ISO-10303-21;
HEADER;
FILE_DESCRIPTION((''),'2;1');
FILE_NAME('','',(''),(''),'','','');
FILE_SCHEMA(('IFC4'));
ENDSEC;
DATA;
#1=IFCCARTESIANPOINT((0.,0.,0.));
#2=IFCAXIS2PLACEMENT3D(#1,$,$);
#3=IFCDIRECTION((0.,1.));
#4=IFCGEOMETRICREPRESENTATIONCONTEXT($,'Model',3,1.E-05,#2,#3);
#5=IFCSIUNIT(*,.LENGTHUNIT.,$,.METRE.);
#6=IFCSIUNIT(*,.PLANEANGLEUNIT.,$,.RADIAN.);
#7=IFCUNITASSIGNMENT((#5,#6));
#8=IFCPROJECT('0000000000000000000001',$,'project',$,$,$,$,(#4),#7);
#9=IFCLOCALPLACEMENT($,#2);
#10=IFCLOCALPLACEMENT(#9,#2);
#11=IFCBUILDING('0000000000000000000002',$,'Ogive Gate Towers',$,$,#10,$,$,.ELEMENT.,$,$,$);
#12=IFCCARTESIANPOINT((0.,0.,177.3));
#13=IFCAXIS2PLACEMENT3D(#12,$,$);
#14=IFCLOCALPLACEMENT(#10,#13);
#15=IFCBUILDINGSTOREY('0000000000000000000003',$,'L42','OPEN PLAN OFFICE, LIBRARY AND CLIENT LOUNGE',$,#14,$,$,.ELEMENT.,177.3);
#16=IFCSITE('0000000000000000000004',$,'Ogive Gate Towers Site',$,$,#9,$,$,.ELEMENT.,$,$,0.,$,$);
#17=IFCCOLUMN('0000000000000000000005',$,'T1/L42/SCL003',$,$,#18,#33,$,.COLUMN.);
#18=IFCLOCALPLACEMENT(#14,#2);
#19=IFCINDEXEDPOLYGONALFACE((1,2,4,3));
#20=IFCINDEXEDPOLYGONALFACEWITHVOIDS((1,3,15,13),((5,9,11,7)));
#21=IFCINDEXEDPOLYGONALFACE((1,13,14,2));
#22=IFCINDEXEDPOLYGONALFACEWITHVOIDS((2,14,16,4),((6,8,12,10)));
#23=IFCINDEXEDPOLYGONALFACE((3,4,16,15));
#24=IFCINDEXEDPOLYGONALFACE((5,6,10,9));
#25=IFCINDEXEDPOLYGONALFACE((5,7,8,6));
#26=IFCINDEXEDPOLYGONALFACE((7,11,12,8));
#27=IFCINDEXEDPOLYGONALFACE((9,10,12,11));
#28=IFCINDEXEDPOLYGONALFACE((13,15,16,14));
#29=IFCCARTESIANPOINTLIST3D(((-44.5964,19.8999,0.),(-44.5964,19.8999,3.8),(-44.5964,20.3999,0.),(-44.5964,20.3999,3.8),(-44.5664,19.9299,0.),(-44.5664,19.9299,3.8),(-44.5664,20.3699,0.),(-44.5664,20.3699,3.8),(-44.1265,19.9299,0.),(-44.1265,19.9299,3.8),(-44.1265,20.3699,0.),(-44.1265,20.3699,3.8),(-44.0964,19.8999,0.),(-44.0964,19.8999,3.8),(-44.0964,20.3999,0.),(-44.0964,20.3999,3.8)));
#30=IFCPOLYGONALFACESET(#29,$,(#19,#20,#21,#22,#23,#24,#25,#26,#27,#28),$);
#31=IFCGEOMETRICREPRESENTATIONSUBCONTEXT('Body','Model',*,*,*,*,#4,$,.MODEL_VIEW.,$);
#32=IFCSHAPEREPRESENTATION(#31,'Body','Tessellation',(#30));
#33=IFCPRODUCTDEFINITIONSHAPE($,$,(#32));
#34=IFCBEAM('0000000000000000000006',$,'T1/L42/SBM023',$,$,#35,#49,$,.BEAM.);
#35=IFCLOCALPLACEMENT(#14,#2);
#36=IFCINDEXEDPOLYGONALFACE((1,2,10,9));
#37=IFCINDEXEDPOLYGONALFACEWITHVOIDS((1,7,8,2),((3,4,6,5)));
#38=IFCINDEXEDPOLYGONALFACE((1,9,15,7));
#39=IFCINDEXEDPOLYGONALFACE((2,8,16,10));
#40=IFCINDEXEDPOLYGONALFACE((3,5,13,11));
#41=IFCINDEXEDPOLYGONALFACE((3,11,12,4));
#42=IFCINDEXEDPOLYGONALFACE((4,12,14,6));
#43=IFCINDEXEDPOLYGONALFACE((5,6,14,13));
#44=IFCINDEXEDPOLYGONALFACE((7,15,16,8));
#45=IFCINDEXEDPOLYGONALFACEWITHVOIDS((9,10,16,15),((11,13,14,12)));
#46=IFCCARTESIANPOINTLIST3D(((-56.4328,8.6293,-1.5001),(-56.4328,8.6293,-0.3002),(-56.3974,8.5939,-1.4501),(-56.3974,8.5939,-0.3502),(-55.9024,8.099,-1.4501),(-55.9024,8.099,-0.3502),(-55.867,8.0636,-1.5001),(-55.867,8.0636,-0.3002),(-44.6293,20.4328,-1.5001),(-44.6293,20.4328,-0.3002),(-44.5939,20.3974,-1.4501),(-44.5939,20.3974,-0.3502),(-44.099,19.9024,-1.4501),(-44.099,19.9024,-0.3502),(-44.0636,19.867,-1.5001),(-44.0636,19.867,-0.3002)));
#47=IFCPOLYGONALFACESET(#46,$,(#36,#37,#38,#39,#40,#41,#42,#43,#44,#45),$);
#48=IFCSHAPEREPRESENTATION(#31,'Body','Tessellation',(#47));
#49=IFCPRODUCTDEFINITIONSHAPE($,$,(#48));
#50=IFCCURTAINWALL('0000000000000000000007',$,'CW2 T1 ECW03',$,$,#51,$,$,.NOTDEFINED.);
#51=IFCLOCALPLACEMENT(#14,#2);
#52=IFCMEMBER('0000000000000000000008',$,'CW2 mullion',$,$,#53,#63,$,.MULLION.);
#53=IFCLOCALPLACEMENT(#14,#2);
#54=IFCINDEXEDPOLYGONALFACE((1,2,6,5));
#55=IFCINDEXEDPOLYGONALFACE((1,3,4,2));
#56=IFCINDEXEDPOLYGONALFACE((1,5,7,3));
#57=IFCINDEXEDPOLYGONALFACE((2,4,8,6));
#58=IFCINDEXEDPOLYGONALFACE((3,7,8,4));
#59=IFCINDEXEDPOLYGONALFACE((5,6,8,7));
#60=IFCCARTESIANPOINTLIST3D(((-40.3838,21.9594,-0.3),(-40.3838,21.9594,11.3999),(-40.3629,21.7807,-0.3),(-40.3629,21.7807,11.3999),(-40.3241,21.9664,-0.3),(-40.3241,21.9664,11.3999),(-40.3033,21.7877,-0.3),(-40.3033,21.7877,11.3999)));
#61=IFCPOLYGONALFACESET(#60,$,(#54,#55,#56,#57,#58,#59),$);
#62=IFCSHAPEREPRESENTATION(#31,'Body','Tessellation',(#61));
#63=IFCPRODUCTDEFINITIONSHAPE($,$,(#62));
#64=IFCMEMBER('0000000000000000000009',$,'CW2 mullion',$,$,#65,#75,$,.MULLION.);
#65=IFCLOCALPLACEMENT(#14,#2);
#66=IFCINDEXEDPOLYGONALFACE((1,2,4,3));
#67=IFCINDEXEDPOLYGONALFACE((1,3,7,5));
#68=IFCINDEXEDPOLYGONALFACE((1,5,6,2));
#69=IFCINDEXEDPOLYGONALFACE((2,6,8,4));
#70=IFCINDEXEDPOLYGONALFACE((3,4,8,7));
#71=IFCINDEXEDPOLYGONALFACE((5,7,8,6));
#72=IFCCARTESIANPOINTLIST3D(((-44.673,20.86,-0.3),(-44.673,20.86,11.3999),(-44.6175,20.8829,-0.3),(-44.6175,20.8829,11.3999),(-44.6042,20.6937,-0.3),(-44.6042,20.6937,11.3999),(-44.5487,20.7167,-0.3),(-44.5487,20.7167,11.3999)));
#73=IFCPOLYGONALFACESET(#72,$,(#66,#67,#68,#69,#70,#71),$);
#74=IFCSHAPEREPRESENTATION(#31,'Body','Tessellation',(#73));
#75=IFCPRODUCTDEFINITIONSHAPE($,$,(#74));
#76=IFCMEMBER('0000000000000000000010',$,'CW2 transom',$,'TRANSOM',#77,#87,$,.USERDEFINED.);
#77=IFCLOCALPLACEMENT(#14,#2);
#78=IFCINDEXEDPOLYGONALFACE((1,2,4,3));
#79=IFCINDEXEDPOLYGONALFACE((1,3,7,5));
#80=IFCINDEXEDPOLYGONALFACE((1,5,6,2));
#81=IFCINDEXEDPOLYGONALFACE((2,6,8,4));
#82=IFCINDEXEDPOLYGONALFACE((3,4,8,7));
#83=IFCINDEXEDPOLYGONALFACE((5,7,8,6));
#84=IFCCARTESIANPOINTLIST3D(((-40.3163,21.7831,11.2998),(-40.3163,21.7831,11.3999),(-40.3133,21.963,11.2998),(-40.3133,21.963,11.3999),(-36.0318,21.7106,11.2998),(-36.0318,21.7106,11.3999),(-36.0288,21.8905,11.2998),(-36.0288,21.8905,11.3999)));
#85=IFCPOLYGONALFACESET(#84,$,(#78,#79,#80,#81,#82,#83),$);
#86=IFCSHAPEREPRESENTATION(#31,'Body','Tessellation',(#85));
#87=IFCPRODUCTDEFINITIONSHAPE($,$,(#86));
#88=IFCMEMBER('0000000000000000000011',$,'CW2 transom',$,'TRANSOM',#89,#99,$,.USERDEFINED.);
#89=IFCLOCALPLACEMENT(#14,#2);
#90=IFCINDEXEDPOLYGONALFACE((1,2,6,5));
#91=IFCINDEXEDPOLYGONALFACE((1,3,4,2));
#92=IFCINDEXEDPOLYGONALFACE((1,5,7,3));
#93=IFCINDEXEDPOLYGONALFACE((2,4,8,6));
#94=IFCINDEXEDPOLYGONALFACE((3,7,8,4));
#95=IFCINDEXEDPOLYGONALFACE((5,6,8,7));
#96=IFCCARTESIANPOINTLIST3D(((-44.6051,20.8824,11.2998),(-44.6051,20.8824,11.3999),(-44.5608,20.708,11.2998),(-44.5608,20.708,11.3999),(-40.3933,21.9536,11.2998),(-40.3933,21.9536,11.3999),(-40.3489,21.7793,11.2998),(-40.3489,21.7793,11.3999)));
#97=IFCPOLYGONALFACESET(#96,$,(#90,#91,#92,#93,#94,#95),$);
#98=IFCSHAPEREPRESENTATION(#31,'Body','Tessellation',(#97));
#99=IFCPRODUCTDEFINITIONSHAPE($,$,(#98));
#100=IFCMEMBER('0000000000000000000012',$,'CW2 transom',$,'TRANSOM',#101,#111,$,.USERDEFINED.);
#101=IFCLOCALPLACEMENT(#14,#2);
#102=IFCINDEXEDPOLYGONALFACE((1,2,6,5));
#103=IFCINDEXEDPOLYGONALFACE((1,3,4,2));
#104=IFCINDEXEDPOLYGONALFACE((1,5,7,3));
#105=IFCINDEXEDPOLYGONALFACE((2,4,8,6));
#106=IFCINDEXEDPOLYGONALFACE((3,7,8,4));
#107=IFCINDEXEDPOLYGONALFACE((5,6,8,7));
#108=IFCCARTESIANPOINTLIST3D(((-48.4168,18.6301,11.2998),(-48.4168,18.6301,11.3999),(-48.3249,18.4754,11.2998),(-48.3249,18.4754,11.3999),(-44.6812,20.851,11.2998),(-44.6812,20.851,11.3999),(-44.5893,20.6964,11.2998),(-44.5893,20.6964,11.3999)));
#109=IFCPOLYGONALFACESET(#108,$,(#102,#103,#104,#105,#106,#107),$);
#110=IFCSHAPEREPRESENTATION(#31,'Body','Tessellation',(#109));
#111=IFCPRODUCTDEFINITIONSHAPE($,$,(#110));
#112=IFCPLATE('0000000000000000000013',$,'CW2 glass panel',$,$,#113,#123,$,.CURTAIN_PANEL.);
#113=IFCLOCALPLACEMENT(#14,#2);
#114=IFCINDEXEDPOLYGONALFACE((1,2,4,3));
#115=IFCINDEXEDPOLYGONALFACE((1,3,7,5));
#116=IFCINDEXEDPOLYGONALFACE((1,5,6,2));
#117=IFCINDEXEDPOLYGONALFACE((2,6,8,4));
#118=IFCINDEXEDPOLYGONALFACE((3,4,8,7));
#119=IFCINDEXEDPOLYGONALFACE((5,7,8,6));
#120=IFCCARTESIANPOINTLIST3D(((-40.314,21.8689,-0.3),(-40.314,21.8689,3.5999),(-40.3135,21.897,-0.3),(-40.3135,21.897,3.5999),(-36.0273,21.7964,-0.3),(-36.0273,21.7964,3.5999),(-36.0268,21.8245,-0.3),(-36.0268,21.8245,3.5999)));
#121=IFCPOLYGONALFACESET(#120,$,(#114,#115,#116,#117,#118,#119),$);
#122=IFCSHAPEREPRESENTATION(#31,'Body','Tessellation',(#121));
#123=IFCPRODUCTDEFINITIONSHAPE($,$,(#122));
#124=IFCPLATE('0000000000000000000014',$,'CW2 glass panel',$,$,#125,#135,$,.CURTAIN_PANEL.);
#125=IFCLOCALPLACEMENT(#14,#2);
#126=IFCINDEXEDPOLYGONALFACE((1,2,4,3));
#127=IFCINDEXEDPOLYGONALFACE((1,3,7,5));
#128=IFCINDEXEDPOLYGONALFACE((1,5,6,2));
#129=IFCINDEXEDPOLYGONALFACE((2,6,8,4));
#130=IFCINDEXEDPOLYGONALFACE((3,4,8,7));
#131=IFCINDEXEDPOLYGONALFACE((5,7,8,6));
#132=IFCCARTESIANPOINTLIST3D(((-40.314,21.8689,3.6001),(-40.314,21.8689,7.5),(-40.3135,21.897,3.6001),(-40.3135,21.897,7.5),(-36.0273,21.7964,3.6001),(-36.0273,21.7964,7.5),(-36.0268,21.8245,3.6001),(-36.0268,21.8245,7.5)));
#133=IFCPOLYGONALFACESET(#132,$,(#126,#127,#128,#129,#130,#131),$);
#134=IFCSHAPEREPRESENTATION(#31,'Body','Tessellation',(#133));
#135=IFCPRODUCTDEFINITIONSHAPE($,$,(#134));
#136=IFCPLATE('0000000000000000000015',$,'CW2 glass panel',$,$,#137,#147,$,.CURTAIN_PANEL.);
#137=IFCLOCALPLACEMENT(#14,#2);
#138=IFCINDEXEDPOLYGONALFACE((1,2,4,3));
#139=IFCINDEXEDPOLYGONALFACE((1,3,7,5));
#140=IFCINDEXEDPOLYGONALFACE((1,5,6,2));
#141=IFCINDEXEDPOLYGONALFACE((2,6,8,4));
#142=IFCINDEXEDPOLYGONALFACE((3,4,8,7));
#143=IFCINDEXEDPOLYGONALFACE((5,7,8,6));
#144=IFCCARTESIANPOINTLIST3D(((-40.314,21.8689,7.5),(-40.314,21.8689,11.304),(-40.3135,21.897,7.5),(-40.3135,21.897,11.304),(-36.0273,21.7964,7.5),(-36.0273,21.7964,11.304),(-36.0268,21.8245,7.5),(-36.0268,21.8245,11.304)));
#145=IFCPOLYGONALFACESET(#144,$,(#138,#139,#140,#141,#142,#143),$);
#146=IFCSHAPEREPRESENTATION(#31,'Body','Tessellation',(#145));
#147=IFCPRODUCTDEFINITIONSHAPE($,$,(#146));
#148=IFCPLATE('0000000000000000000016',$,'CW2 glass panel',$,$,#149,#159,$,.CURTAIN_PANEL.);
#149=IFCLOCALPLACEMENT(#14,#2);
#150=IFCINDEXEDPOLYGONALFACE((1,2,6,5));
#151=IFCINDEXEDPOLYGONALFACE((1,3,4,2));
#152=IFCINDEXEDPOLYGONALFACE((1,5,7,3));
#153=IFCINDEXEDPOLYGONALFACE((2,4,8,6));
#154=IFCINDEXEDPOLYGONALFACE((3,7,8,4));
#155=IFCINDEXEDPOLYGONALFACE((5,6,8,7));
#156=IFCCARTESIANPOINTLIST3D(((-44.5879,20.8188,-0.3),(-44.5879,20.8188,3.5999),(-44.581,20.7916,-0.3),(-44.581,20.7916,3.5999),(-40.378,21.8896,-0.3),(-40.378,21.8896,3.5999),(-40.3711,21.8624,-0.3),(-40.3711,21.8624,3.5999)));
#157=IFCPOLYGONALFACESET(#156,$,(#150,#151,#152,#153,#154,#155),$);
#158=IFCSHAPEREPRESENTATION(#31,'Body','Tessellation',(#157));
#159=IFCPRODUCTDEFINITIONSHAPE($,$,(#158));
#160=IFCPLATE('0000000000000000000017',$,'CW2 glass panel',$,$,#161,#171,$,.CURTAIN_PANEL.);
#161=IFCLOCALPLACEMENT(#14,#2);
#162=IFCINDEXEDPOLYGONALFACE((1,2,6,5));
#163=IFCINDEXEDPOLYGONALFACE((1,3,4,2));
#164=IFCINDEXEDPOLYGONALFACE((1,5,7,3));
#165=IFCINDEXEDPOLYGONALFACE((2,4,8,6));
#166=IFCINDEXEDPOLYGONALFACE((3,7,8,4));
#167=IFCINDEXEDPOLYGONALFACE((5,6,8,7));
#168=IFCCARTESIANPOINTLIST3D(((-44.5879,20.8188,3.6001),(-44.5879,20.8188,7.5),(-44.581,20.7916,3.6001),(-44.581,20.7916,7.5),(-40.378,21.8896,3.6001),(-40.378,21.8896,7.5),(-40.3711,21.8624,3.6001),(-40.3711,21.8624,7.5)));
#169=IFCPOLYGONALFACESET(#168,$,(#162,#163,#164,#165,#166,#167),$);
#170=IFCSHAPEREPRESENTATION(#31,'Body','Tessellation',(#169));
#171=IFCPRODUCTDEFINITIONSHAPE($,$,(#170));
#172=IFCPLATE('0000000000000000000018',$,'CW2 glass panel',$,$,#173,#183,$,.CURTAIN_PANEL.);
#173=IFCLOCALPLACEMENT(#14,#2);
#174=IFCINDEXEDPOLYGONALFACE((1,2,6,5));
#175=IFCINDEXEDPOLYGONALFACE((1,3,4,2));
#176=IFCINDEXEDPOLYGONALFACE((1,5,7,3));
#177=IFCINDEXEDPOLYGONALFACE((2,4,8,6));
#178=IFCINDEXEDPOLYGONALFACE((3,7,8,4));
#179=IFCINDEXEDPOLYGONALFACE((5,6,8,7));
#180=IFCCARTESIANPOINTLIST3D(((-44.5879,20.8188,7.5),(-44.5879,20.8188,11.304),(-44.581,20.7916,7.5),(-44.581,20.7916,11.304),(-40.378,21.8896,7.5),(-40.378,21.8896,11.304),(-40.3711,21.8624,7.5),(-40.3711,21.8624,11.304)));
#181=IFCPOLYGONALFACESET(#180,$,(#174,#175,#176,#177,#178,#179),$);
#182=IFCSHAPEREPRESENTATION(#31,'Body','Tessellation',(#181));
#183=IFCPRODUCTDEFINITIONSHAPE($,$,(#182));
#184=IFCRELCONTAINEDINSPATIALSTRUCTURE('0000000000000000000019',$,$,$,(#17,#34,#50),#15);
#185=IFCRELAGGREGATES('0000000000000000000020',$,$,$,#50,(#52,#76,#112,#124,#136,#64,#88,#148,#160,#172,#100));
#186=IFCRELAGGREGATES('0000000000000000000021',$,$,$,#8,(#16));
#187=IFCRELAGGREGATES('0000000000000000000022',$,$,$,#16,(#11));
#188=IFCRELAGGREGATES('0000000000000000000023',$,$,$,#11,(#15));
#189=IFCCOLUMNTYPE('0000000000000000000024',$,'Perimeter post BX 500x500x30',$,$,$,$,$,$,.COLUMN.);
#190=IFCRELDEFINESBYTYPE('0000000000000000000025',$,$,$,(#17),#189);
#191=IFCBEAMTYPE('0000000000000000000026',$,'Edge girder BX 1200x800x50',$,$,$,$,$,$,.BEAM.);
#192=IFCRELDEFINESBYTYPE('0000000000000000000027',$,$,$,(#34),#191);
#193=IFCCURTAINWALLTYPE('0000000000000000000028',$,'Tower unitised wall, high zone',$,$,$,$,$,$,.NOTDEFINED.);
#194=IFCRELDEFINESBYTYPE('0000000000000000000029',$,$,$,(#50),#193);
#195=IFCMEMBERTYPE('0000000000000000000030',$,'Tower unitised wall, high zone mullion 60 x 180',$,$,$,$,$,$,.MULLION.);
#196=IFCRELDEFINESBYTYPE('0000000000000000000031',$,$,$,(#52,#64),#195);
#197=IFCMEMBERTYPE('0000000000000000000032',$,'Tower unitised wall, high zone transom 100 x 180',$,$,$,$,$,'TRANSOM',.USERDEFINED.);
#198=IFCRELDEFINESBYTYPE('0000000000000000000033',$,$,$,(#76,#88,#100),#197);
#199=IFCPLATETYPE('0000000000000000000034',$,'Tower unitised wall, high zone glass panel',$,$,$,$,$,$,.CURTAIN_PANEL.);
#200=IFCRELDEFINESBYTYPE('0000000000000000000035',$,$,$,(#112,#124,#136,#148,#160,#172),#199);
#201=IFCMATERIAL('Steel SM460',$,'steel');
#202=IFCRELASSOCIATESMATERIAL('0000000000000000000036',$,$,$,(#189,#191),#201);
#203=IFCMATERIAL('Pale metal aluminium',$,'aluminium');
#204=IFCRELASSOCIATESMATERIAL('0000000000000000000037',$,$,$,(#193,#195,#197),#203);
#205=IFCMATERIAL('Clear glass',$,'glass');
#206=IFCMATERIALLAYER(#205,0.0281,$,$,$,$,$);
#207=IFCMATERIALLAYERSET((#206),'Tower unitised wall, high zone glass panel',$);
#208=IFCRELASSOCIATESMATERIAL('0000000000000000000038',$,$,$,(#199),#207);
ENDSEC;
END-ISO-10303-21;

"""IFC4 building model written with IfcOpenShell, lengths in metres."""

from ifc_helpers import new_model, si_unit, direction, frame, origin, origin_2d, place, context, subcontext, project, spatial, rectangle, hollow_rectangle, extrude, material, layer, layer_set, material_profile, profile_set, type_object, element, aggregate, save


model = new_model("IFC4")

# Units and contexts
model_context = context("Model", 3, precision=1e-05, world=origin(), true_north=direction((0.0, 1.0)))
body_context = subcontext(model_context, "Body", "Model", "MODEL_VIEW")
ifc_project = project(units=[si_unit("LENGTHUNIT", "METRE"), si_unit("PLANEANGLEUNIT", "RADIAN")], contexts=[model_context])

# Site, building, storey
site_placement = place(None, origin())
site = spatial("IfcSite", under=ifc_project, at=site_placement, Name="Ogive Gate Towers Site", CompositionType="ELEMENT", RefElevation=0.0)
building_placement = place(site_placement, origin())
building = spatial("IfcBuilding", under=site, at=building_placement, Name="Ogive Gate Towers", CompositionType="ELEMENT")
storey_placement = place(building_placement, frame((0.0, 0.0, 177.3)))
storey = spatial("IfcBuildingStorey", under=building, at=storey_placement, Name="L42", Description="OPEN PLAN OFFICE, LIBRARY AND CLIENT LOUNGE", CompositionType="ELEMENT", Elevation=177.3)

# Column
ifc_material_1 = material(Name="Steel SM460", Category="steel")
ifc_material_profile_1 = material_profile(ifc_material_1, hollow_rectangle(XDim=0.5, YDim=0.5, WallThickness=0.03, at=origin_2d()), Name="BX 500x500x30")
ifc_profile_set_1 = profile_set([ifc_material_profile_1], Name="Steel SM460")
column_type = type_object("IfcColumnType", Name="Perimeter post BX 500x500x30", PredefinedType="COLUMN", material=ifc_profile_set_1)
column_placement = place(storey_placement, frame((-44.3464, 20.1499, 0.0), z_axis=(0.0, 0.0, 1.0), x_axis=(1.0, 0.0, 0.0)))
element("IfcColumn", 1, at=column_placement, inside=storey, type_object=column_type, Name="T1/L42/SCL003", PredefinedType="COLUMN", context=body_context, shape_type="SweptSolid", body=[
    extrude(hollow_rectangle(XDim=0.5, YDim=0.5, WallThickness=0.03, at=origin_2d()), origin(), (0.0, 0.0, 1.0), 3.8),
])

# Beam
ifc_material_profile_2 = material_profile(ifc_material_1, hollow_rectangle(XDim=0.8, YDim=1.2, WallThickness=0.05, at=origin_2d()), Name="BX 1200x800x50")
ifc_profile_set_2 = profile_set([ifc_material_profile_2], Name="Steel SM460")
beam_type = type_object("IfcBeamType", Name="Edge girder BX 1200x800x50", PredefinedType="BEAM", material=ifc_profile_set_2)
beam_placement = place(storey_placement, frame((-44.3464, 20.1499, -0.9001), z_axis=(-0.707107, -0.707107, 0.0), x_axis=(0.707107, -0.707107, 0.0)))
element("IfcBeam", 2, at=beam_placement, inside=storey, type_object=beam_type, Name="T1/L42/SBM023", PredefinedType="BEAM", context=body_context, shape_type="SweptSolid", body=[
    extrude(hollow_rectangle(XDim=0.8, YDim=1.2, WallThickness=0.05, at=origin_2d()), origin(), (0.0, 0.0, 1.0), 16.6926),
])

# Curtain wall, members, plates
ifc_material_2 = material(Name="Pale metal aluminium", Category="aluminium")
curtain_wall_type = type_object("IfcCurtainWallType", Name="Tower unitised wall, high zone", PredefinedType="NOTDEFINED", material=ifc_material_2)
curtain_wall_placement = place(storey_placement, origin())
curtain_wall = element("IfcCurtainWall", 3, at=curtain_wall_placement, inside=storey, type_object=curtain_wall_type, Name="CW2 T1 ECW03", PredefinedType="NOTDEFINED")
ifc_material_profile_3 = material_profile(ifc_material_2, rectangle(XDim=0.1799, YDim=0.0601, at=origin_2d()), Name="60 x 180 aluminium box")
ifc_profile_set_3 = profile_set([ifc_material_profile_3], Name="Pale metal aluminium")
member_type_1 = type_object("IfcMemberType", Name="Tower unitised wall, high zone mullion 60 x 180", PredefinedType="MULLION", material=ifc_profile_set_3)
member_1_placement = place(storey_placement, frame((-40.3435, 21.8735, -0.3), z_axis=(0.0, 0.0, 1.0), x_axis=(-0.115804, 0.993272, 0.0)))
member_1 = element("IfcMember", 4, at=member_1_placement, type_object=member_type_1, Name="CW2 mullion", PredefinedType="MULLION", context=body_context, shape_type="SweptSolid", body=[
    extrude(rectangle(XDim=0.1799, YDim=0.0601, at=origin_2d()), origin(), (0.0, 0.0, 1.0), 11.7),
])
member_2_placement = place(storey_placement, frame((-44.6108, 20.7883, -0.3), z_axis=(0.0, 0.0, 1.0), x_axis=(-0.382683, 0.92388, 0.0)))
member_2 = element("IfcMember", 5, at=member_2_placement, type_object=member_type_1, Name="CW2 mullion", PredefinedType="MULLION", context=body_context, shape_type="SweptSolid", body=[
    extrude(rectangle(XDim=0.1799, YDim=0.0601, at=origin_2d()), origin(), (0.0, 0.0, 1.0), 11.7),
])
ifc_material_profile_4 = material_profile(ifc_material_2, rectangle(XDim=0.1799, YDim=0.1001, at=origin_2d()), Name="100 x 180 aluminium box")
ifc_profile_set_4 = profile_set([ifc_material_profile_4], Name="Pale metal aluminium")
member_type_2 = type_object("IfcMemberType", Name="Tower unitised wall, high zone transom 100 x 180", ElementType="TRANSOM", PredefinedType="USERDEFINED", material=ifc_profile_set_4)
member_3_placement = place(storey_placement, frame((-36.0303, 21.8005, 11.3499), z_axis=(-0.999857, 0.016922, 0.0), x_axis=(-0.016922, -0.999857, 0.0)))
member_3 = element("IfcMember", 6, at=member_3_placement, type_object=member_type_2, Name="CW2 transom", ObjectType="TRANSOM", PredefinedType="USERDEFINED", context=body_context, shape_type="SweptSolid", body=[
    extrude(rectangle(XDim=0.1799, YDim=0.1001, at=origin_2d()), origin(), (0.0, 0.0, 1.0), 4.2852),
])
member_4_placement = place(storey_placement, frame((-40.3711, 21.8665, 11.3499), z_axis=(-0.969143, -0.246499, 0.0), x_axis=(0.246499, -0.969143, 0.0)))
member_4 = element("IfcMember", 7, at=member_4_placement, type_object=member_type_2, Name="CW2 transom", ObjectType="TRANSOM", PredefinedType="USERDEFINED", context=body_context, shape_type="SweptSolid", body=[
    extrude(rectangle(XDim=0.1799, YDim=0.1001, at=origin_2d()), origin(), (0.0, 0.0, 1.0), 4.3459),
])
member_5_placement = place(storey_placement, frame((-44.6353, 20.7737, 11.3499), z_axis=(-0.859558, -0.511038, 0.0), x_axis=(0.511038, -0.859558, 0.0)))
member_5 = element("IfcMember", 8, at=member_5_placement, type_object=member_type_2, Name="CW2 transom", ObjectType="TRANSOM", PredefinedType="USERDEFINED", context=body_context, shape_type="SweptSolid", body=[
    extrude(rectangle(XDim=0.1799, YDim=0.1001, at=origin_2d()), origin(), (0.0, 0.0, 1.0), 4.3459),
])
ifc_material_3 = material(Name="Clear glass", Category="glass")
ifc_layer_1 = layer(ifc_material_3, 0.0281)
ifc_layer_set_1 = layer_set([ifc_layer_1], Name="Tower unitised wall, high zone glass panel")
plate_type = type_object("IfcPlateType", Name="Tower unitised wall, high zone glass panel", PredefinedType="CURTAIN_PANEL", material=ifc_layer_set_1)
plate_1_placement = place(storey_placement, frame((-38.1704, 21.8467, -0.3), z_axis=(0.0, 0.0, 1.0), x_axis=(-0.999857, 0.016911, 0.0)))
plate_1 = element("IfcPlate", 9, at=plate_1_placement, type_object=plate_type, Name="CW2 glass panel", PredefinedType="CURTAIN_PANEL", context=body_context, shape_type="SweptSolid", body=[
    extrude(rectangle(XDim=4.2874, YDim=0.0281, at=origin_2d()), origin(), (0.0, 0.0, 1.0), 3.8999),
])
plate_2_placement = place(storey_placement, frame((-38.1704, 21.8467, 3.6001), z_axis=(0.0, 0.0, 1.0), x_axis=(-0.999857, 0.016911, 0.0)))
plate_2 = element("IfcPlate", 10, at=plate_2_placement, type_object=plate_type, Name="CW2 glass panel", PredefinedType="CURTAIN_PANEL", context=body_context, shape_type="SweptSolid", body=[
    extrude(rectangle(XDim=4.2874, YDim=0.0281, at=origin_2d()), origin(), (0.0, 0.0, 1.0), 3.8999),
])
plate_3_placement = place(storey_placement, frame((-38.1704, 21.8467, 7.5), z_axis=(0.0, 0.0, 1.0), x_axis=(-0.999857, 0.016911, 0.0)))
plate_3 = element("IfcPlate", 11, at=plate_3_placement, type_object=plate_type, Name="CW2 glass panel", PredefinedType="CURTAIN_PANEL", context=body_context, shape_type="SweptSolid", body=[
    extrude(rectangle(XDim=4.2874, YDim=0.0281, at=origin_2d()), origin(), (0.0, 0.0, 1.0), 3.804),
])
plate_4_placement = place(storey_placement, frame((-42.4795, 21.3406, -0.3), z_axis=(0.0, 0.0, 1.0), x_axis=(-0.969145, -0.246492, 0.0)))
plate_4 = element("IfcPlate", 12, at=plate_4_placement, type_object=plate_type, Name="CW2 glass panel", PredefinedType="CURTAIN_PANEL", context=body_context, shape_type="SweptSolid", body=[
    extrude(rectangle(XDim=4.344, YDim=0.0281, at=origin_2d()), origin(), (0.0, 0.0, 1.0), 3.8999),
])
plate_5_placement = place(storey_placement, frame((-42.4795, 21.3406, 3.6001), z_axis=(0.0, 0.0, 1.0), x_axis=(-0.969145, -0.246492, 0.0)))
plate_5 = element("IfcPlate", 13, at=plate_5_placement, type_object=plate_type, Name="CW2 glass panel", PredefinedType="CURTAIN_PANEL", context=body_context, shape_type="SweptSolid", body=[
    extrude(rectangle(XDim=4.344, YDim=0.0281, at=origin_2d()), origin(), (0.0, 0.0, 1.0), 3.8999),
])
plate_6_placement = place(storey_placement, frame((-42.4795, 21.3406, 7.5), z_axis=(0.0, 0.0, 1.0), x_axis=(-0.969145, -0.246492, 0.0)))
plate_6 = element("IfcPlate", 14, at=plate_6_placement, type_object=plate_type, Name="CW2 glass panel", PredefinedType="CURTAIN_PANEL", context=body_context, shape_type="SweptSolid", body=[
    extrude(rectangle(XDim=4.344, YDim=0.0281, at=origin_2d()), origin(), (0.0, 0.0, 1.0), 3.804),
])
aggregate(curtain_wall, [member_1, member_3, plate_1, plate_2, plate_3, member_2, member_4, plate_4, plate_5, plate_6, member_5])

save(model, "model.ifc")
